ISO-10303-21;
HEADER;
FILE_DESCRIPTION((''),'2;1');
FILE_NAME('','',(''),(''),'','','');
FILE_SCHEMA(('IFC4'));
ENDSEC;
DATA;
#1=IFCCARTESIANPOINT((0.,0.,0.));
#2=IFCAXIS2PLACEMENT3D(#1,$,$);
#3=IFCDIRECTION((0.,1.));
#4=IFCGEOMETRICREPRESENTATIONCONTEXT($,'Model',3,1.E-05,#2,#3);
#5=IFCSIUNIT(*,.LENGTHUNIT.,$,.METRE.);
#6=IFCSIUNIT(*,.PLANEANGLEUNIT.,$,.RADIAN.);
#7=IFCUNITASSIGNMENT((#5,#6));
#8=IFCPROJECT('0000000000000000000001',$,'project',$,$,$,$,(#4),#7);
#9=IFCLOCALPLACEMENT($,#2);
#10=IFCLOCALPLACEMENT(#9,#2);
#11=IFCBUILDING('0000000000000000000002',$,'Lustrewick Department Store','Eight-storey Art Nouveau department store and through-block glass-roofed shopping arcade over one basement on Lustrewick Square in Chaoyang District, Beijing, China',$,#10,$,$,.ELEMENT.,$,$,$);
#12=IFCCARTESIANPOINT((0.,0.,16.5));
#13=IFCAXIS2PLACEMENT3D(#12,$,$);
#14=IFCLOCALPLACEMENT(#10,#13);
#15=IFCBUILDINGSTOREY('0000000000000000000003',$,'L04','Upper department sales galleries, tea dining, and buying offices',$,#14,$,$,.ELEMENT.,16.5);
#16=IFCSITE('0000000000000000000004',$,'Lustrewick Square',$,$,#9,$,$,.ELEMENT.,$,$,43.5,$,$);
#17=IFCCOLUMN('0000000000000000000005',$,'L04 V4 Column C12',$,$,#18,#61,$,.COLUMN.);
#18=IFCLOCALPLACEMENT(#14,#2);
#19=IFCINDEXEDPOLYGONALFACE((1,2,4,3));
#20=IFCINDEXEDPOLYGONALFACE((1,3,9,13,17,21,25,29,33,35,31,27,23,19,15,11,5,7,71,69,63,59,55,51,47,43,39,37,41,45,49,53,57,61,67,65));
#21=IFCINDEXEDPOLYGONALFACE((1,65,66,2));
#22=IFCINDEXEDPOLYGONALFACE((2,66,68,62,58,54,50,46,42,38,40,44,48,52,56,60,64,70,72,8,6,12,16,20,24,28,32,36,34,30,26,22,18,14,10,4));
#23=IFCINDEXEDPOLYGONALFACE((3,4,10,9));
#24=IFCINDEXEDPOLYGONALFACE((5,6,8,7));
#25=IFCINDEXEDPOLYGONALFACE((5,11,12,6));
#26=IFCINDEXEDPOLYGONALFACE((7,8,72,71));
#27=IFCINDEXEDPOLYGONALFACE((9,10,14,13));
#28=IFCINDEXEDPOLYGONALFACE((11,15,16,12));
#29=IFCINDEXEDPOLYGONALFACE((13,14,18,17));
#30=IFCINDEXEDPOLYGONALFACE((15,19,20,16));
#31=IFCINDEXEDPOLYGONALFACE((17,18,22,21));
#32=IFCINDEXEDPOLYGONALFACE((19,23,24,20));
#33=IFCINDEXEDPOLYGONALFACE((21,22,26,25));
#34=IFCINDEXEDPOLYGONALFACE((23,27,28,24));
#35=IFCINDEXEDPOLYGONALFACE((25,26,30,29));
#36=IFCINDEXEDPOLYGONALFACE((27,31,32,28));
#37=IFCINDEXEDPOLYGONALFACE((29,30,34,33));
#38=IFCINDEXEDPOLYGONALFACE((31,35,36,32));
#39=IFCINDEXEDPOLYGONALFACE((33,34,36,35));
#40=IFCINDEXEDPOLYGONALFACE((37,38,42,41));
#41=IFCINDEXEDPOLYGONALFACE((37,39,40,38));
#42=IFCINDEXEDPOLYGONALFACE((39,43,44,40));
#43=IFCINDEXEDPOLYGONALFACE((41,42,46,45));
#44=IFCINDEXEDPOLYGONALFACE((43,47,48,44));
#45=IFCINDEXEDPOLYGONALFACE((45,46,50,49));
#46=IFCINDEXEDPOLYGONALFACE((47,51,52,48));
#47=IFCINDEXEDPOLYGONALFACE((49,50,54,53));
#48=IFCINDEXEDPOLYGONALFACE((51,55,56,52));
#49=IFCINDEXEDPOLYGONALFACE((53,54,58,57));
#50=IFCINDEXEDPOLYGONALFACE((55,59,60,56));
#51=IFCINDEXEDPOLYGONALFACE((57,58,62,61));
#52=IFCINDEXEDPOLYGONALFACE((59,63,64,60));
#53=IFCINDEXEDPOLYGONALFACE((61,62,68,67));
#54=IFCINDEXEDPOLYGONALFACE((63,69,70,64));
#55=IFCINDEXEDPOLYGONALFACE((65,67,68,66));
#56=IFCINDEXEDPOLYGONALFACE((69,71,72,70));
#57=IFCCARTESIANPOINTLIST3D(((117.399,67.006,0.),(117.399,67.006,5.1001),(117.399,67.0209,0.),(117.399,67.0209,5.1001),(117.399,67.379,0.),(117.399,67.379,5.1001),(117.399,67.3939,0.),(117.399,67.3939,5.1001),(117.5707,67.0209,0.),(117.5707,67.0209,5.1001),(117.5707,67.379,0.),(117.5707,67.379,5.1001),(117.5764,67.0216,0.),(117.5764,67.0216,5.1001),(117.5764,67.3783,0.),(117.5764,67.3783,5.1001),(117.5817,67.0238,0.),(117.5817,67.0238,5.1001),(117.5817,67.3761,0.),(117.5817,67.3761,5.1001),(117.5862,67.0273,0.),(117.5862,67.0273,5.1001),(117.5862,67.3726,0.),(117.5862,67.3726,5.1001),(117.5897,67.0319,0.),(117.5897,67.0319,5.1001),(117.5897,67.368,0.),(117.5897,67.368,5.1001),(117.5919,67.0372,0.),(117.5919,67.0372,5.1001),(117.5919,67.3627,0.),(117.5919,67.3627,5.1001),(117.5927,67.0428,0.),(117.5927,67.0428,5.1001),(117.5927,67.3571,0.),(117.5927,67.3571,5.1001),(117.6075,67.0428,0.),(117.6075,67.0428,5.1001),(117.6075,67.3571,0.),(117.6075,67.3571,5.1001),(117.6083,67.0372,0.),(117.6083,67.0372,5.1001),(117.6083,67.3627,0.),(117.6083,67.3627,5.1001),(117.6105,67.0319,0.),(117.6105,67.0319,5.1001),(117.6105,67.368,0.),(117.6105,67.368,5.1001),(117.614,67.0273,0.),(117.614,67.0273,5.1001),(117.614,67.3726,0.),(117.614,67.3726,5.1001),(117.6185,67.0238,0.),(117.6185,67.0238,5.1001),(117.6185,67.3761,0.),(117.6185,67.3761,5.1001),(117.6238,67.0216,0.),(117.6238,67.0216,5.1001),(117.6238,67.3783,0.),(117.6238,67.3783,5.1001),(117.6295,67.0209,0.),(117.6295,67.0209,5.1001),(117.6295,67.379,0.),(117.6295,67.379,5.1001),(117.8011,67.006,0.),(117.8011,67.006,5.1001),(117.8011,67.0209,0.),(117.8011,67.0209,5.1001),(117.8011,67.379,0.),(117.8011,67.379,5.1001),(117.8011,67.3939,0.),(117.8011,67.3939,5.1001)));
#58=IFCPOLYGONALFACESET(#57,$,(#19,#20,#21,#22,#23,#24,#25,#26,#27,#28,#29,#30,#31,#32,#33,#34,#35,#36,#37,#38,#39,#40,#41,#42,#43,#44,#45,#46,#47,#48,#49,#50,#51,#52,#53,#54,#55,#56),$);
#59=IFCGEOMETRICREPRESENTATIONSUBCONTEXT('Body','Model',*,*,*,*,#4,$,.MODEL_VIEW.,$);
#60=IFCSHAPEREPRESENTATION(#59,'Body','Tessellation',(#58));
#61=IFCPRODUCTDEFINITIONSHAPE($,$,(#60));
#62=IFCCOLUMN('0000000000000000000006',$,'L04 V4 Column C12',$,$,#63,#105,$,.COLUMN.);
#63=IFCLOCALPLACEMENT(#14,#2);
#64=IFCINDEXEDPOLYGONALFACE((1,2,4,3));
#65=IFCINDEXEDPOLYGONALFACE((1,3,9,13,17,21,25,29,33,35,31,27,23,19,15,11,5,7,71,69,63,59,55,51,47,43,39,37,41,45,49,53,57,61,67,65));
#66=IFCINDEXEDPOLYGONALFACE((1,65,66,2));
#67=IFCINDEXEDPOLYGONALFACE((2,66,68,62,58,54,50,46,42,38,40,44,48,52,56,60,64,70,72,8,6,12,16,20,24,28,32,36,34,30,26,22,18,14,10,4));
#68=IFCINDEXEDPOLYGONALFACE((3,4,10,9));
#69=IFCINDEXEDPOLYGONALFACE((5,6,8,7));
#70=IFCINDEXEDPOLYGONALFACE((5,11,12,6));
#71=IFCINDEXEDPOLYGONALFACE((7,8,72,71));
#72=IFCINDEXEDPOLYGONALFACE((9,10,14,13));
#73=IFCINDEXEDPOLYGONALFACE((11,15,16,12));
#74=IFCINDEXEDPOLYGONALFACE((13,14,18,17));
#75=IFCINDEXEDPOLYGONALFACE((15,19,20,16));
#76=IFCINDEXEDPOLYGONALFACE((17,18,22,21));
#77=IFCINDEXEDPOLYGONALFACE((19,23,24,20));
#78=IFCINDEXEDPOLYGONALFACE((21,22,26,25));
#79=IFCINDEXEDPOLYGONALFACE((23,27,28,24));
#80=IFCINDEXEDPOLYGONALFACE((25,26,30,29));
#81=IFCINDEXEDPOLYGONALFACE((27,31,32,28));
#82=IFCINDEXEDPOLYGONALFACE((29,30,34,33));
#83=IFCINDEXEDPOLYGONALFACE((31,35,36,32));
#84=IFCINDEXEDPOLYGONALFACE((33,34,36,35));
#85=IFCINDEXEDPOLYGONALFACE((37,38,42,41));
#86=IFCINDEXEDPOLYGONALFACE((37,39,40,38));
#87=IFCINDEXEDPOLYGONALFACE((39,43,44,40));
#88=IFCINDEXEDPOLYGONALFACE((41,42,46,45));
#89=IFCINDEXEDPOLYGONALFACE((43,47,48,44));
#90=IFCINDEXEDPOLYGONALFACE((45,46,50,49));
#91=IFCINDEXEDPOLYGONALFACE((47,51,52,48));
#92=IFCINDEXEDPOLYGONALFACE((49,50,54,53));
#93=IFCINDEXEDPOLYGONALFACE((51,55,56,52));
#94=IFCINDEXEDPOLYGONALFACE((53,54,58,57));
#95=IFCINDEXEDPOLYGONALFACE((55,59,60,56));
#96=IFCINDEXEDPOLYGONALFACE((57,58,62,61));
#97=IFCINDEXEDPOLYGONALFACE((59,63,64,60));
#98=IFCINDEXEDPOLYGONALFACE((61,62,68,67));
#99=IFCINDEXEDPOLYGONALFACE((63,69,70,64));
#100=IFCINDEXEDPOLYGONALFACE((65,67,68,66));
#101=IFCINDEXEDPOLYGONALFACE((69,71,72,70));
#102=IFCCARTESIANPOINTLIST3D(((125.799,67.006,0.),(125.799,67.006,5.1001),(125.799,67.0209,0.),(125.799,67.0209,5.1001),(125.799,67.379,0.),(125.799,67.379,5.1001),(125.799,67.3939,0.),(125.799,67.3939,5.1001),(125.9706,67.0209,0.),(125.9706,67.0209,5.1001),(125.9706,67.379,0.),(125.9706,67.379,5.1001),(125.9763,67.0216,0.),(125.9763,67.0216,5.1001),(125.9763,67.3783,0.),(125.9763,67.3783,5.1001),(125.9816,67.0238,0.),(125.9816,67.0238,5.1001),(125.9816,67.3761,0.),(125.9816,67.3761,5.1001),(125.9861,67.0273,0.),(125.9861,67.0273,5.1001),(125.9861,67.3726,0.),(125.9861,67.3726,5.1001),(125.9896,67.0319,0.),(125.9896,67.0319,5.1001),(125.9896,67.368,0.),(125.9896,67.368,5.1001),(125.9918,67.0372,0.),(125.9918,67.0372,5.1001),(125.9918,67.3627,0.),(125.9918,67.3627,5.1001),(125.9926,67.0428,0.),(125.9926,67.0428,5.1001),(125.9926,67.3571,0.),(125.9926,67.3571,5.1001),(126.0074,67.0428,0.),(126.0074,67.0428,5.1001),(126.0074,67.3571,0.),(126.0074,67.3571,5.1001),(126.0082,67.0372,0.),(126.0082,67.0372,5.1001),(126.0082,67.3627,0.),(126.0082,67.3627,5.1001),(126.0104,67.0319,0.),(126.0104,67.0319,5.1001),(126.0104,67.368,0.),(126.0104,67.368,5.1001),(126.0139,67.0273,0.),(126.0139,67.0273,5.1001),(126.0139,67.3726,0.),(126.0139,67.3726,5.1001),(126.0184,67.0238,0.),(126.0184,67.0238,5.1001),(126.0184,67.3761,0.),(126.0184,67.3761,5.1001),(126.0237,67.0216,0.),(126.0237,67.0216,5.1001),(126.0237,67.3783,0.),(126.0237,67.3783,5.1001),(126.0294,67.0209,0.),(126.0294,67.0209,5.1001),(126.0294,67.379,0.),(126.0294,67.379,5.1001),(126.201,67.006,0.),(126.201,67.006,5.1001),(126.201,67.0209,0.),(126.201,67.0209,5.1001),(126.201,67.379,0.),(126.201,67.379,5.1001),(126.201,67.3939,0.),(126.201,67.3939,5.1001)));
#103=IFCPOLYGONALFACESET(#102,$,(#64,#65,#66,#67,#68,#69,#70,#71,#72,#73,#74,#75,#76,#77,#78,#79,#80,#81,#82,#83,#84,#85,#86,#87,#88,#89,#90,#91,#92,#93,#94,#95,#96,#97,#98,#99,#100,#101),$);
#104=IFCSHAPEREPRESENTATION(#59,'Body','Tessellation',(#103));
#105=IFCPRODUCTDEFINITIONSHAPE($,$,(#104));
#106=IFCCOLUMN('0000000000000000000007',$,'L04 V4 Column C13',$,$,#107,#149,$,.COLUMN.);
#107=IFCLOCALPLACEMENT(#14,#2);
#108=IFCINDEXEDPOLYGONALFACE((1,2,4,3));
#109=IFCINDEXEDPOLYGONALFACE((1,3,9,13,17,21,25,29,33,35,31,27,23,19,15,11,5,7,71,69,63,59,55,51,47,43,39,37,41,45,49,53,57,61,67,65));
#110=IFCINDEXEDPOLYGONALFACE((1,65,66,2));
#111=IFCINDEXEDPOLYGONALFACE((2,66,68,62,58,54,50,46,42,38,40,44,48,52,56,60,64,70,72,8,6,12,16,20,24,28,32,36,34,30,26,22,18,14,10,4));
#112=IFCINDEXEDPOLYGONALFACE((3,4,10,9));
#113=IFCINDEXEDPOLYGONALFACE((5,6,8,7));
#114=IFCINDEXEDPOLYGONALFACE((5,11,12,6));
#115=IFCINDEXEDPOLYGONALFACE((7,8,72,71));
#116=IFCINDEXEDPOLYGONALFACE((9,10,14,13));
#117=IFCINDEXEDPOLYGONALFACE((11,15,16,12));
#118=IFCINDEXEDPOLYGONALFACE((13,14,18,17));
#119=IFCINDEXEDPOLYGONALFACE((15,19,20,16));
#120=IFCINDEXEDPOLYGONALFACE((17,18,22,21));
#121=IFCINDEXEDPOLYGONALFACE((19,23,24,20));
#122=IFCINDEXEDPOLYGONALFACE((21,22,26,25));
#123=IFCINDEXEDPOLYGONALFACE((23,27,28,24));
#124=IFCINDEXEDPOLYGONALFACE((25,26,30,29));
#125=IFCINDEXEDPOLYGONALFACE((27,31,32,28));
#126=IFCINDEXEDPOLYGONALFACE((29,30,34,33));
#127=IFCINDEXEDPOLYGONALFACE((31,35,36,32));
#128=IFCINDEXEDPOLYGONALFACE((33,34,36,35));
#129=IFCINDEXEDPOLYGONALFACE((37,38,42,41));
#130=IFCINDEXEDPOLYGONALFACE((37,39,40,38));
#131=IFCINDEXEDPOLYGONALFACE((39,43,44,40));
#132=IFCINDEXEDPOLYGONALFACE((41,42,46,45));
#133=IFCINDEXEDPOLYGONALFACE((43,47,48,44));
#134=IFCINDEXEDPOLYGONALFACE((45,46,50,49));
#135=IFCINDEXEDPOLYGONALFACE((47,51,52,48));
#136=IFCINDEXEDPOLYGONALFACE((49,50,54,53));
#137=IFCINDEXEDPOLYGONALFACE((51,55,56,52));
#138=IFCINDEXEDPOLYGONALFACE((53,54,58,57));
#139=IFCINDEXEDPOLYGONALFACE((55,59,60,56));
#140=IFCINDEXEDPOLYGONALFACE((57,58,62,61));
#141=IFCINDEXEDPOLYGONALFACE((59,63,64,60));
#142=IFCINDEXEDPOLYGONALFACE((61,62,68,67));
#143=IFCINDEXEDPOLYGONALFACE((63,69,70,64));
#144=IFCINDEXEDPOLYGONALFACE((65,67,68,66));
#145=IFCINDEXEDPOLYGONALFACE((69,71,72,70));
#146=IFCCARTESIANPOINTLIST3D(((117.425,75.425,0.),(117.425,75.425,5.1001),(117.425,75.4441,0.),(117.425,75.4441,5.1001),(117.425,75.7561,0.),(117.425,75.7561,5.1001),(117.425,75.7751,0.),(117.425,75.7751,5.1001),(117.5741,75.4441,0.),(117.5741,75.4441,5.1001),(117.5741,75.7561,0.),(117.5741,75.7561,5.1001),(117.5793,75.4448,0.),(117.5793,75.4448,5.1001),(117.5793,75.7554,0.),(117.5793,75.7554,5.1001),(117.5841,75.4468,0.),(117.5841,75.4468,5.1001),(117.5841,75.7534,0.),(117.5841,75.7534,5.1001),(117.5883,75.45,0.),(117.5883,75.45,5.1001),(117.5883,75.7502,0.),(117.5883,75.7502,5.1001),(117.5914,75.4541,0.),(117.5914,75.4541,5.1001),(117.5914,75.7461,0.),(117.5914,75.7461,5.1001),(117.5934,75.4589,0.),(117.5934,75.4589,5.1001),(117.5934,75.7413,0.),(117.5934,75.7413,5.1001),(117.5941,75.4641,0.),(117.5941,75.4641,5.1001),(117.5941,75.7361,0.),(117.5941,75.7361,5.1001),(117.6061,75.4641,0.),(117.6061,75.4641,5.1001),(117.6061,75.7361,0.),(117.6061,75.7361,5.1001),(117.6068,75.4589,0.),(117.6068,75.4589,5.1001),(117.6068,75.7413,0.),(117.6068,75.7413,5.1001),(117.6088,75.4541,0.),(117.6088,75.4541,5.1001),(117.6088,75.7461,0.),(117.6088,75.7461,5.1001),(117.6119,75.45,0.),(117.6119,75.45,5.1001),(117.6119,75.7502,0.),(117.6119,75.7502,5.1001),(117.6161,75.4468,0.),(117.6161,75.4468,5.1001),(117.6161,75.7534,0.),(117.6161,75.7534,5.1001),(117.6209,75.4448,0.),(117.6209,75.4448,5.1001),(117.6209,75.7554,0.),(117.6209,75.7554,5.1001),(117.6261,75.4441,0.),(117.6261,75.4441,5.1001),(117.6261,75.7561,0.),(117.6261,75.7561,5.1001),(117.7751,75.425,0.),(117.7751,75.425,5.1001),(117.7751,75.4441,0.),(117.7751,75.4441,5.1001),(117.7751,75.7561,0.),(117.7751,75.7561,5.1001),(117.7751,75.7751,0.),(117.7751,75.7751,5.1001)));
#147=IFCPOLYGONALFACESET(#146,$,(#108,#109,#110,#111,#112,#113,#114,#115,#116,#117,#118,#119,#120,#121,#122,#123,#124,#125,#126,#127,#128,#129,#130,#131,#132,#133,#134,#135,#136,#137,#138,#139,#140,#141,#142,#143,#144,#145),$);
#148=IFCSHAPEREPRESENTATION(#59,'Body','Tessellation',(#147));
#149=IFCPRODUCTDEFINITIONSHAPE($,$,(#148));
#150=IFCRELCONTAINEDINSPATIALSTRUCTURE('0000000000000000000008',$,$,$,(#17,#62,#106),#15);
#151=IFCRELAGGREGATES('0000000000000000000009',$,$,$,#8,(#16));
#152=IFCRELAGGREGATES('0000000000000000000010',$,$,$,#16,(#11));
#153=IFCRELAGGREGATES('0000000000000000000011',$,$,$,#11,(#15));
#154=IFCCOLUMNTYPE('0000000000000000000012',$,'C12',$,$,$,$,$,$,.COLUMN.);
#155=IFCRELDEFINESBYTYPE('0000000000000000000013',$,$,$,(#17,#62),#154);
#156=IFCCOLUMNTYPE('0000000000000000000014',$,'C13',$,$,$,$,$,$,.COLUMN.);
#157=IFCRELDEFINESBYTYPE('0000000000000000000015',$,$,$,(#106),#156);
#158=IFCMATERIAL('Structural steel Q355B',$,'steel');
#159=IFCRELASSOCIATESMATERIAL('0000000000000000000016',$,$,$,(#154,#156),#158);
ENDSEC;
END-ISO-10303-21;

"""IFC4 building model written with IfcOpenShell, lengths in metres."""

from ifc_helpers import new_model, si_unit, direction, frame, origin, origin_2d, place, context, subcontext, project, spatial, i_section, extrude, material, material_profile, profile_set, type_object, element, save


model = new_model("IFC4")

# Units and contexts
model_context = context("Model", 3, precision=1e-05, world=origin(), true_north=direction((0.0, 1.0)))
body_context = subcontext(model_context, "Body", "Model", "MODEL_VIEW")
ifc_project = project(units=[si_unit("LENGTHUNIT", "METRE"), si_unit("PLANEANGLEUNIT", "RADIAN")], contexts=[model_context])

# Site, building, storey
site_placement = place(None, origin())
site = spatial("IfcSite", under=ifc_project, at=site_placement, Name="Lustrewick Square", CompositionType="ELEMENT", RefElevation=43.5)
building_placement = place(site_placement, origin())
building = spatial("IfcBuilding", under=site, at=building_placement, Name="Lustrewick Department Store", Description="Eight-storey Art Nouveau department store and through-block glass-roofed shopping arcade over one basement on Lustrewick Square in Chaoyang District, Beijing, China", CompositionType="ELEMENT")
storey_placement = place(building_placement, frame((0.0, 0.0, 16.5)))
storey = spatial("IfcBuildingStorey", under=building, at=storey_placement, Name="L04", Description="Upper department sales galleries, tea dining, and buying offices", CompositionType="ELEMENT", Elevation=16.5)

# Columns
ifc_material_1 = material(Name="Structural steel Q355B", Category="steel")
ifc_material_profile_1 = material_profile(ifc_material_1, i_section(OverallWidth=0.4021, OverallDepth=0.3879, WebThickness=0.0149, FlangeThickness=0.0149, FilletRadius=0.022, at=origin_2d()), Name="HW 388x402x15x15")
ifc_profile_set_1 = profile_set([ifc_material_profile_1], Name="Structural steel Q355B")
column_type_1 = type_object("IfcColumnType", Name="C12", PredefinedType="COLUMN", material=ifc_profile_set_1)
for number, where, z_axis, x_axis, name in (
    (1, (117.6001, 67.2, 0.0), (0.0, 0.0, 1.0), (1.0, 0.0, 0.0), "L04 V4 Column C12"),
    (2, (126.0, 67.2, 0.0), (0.0, 0.0, 1.0), (1.0, 0.0, 0.0), "L04 V4 Column C12"),
):
    element("IfcColumn", number, at=place(storey_placement, frame(where, z_axis=z_axis, x_axis=x_axis)), inside=storey, type_object=column_type_1, Name=name, PredefinedType="COLUMN", context=body_context, shape_type="SweptSolid", body=[
        extrude(i_section(OverallWidth=0.4021, OverallDepth=0.3879, WebThickness=0.0149, FlangeThickness=0.0149, FilletRadius=0.022, at=origin_2d()), origin(), (0.0, 0.0, 1.0), 5.1001),
    ])
ifc_material_profile_2 = material_profile(ifc_material_1, i_section(OverallWidth=0.3501, OverallDepth=0.3501, WebThickness=0.012, FlangeThickness=0.019, FilletRadius=0.02, at=origin_2d()), Name="HW 350x350x12x19")
ifc_profile_set_2 = profile_set([ifc_material_profile_2], Name="Structural steel Q355B")
column_type_2 = type_object("IfcColumnType", Name="C13", PredefinedType="COLUMN", material=ifc_profile_set_2)
column_1_placement = place(storey_placement, frame((117.6001, 75.6001, 0.0), z_axis=(0.0, 0.0, 1.0), x_axis=(1.0, 0.0, 0.0)))
element("IfcColumn", 3, at=column_1_placement, inside=storey, type_object=column_type_2, Name="L04 V4 Column C13", PredefinedType="COLUMN", context=body_context, shape_type="SweptSolid", body=[
    extrude(i_section(OverallWidth=0.3501, OverallDepth=0.3501, WebThickness=0.012, FlangeThickness=0.019, FilletRadius=0.02, at=origin_2d()), origin(), (0.0, 0.0, 1.0), 5.1001),
])

save(model, "model.ifc")
